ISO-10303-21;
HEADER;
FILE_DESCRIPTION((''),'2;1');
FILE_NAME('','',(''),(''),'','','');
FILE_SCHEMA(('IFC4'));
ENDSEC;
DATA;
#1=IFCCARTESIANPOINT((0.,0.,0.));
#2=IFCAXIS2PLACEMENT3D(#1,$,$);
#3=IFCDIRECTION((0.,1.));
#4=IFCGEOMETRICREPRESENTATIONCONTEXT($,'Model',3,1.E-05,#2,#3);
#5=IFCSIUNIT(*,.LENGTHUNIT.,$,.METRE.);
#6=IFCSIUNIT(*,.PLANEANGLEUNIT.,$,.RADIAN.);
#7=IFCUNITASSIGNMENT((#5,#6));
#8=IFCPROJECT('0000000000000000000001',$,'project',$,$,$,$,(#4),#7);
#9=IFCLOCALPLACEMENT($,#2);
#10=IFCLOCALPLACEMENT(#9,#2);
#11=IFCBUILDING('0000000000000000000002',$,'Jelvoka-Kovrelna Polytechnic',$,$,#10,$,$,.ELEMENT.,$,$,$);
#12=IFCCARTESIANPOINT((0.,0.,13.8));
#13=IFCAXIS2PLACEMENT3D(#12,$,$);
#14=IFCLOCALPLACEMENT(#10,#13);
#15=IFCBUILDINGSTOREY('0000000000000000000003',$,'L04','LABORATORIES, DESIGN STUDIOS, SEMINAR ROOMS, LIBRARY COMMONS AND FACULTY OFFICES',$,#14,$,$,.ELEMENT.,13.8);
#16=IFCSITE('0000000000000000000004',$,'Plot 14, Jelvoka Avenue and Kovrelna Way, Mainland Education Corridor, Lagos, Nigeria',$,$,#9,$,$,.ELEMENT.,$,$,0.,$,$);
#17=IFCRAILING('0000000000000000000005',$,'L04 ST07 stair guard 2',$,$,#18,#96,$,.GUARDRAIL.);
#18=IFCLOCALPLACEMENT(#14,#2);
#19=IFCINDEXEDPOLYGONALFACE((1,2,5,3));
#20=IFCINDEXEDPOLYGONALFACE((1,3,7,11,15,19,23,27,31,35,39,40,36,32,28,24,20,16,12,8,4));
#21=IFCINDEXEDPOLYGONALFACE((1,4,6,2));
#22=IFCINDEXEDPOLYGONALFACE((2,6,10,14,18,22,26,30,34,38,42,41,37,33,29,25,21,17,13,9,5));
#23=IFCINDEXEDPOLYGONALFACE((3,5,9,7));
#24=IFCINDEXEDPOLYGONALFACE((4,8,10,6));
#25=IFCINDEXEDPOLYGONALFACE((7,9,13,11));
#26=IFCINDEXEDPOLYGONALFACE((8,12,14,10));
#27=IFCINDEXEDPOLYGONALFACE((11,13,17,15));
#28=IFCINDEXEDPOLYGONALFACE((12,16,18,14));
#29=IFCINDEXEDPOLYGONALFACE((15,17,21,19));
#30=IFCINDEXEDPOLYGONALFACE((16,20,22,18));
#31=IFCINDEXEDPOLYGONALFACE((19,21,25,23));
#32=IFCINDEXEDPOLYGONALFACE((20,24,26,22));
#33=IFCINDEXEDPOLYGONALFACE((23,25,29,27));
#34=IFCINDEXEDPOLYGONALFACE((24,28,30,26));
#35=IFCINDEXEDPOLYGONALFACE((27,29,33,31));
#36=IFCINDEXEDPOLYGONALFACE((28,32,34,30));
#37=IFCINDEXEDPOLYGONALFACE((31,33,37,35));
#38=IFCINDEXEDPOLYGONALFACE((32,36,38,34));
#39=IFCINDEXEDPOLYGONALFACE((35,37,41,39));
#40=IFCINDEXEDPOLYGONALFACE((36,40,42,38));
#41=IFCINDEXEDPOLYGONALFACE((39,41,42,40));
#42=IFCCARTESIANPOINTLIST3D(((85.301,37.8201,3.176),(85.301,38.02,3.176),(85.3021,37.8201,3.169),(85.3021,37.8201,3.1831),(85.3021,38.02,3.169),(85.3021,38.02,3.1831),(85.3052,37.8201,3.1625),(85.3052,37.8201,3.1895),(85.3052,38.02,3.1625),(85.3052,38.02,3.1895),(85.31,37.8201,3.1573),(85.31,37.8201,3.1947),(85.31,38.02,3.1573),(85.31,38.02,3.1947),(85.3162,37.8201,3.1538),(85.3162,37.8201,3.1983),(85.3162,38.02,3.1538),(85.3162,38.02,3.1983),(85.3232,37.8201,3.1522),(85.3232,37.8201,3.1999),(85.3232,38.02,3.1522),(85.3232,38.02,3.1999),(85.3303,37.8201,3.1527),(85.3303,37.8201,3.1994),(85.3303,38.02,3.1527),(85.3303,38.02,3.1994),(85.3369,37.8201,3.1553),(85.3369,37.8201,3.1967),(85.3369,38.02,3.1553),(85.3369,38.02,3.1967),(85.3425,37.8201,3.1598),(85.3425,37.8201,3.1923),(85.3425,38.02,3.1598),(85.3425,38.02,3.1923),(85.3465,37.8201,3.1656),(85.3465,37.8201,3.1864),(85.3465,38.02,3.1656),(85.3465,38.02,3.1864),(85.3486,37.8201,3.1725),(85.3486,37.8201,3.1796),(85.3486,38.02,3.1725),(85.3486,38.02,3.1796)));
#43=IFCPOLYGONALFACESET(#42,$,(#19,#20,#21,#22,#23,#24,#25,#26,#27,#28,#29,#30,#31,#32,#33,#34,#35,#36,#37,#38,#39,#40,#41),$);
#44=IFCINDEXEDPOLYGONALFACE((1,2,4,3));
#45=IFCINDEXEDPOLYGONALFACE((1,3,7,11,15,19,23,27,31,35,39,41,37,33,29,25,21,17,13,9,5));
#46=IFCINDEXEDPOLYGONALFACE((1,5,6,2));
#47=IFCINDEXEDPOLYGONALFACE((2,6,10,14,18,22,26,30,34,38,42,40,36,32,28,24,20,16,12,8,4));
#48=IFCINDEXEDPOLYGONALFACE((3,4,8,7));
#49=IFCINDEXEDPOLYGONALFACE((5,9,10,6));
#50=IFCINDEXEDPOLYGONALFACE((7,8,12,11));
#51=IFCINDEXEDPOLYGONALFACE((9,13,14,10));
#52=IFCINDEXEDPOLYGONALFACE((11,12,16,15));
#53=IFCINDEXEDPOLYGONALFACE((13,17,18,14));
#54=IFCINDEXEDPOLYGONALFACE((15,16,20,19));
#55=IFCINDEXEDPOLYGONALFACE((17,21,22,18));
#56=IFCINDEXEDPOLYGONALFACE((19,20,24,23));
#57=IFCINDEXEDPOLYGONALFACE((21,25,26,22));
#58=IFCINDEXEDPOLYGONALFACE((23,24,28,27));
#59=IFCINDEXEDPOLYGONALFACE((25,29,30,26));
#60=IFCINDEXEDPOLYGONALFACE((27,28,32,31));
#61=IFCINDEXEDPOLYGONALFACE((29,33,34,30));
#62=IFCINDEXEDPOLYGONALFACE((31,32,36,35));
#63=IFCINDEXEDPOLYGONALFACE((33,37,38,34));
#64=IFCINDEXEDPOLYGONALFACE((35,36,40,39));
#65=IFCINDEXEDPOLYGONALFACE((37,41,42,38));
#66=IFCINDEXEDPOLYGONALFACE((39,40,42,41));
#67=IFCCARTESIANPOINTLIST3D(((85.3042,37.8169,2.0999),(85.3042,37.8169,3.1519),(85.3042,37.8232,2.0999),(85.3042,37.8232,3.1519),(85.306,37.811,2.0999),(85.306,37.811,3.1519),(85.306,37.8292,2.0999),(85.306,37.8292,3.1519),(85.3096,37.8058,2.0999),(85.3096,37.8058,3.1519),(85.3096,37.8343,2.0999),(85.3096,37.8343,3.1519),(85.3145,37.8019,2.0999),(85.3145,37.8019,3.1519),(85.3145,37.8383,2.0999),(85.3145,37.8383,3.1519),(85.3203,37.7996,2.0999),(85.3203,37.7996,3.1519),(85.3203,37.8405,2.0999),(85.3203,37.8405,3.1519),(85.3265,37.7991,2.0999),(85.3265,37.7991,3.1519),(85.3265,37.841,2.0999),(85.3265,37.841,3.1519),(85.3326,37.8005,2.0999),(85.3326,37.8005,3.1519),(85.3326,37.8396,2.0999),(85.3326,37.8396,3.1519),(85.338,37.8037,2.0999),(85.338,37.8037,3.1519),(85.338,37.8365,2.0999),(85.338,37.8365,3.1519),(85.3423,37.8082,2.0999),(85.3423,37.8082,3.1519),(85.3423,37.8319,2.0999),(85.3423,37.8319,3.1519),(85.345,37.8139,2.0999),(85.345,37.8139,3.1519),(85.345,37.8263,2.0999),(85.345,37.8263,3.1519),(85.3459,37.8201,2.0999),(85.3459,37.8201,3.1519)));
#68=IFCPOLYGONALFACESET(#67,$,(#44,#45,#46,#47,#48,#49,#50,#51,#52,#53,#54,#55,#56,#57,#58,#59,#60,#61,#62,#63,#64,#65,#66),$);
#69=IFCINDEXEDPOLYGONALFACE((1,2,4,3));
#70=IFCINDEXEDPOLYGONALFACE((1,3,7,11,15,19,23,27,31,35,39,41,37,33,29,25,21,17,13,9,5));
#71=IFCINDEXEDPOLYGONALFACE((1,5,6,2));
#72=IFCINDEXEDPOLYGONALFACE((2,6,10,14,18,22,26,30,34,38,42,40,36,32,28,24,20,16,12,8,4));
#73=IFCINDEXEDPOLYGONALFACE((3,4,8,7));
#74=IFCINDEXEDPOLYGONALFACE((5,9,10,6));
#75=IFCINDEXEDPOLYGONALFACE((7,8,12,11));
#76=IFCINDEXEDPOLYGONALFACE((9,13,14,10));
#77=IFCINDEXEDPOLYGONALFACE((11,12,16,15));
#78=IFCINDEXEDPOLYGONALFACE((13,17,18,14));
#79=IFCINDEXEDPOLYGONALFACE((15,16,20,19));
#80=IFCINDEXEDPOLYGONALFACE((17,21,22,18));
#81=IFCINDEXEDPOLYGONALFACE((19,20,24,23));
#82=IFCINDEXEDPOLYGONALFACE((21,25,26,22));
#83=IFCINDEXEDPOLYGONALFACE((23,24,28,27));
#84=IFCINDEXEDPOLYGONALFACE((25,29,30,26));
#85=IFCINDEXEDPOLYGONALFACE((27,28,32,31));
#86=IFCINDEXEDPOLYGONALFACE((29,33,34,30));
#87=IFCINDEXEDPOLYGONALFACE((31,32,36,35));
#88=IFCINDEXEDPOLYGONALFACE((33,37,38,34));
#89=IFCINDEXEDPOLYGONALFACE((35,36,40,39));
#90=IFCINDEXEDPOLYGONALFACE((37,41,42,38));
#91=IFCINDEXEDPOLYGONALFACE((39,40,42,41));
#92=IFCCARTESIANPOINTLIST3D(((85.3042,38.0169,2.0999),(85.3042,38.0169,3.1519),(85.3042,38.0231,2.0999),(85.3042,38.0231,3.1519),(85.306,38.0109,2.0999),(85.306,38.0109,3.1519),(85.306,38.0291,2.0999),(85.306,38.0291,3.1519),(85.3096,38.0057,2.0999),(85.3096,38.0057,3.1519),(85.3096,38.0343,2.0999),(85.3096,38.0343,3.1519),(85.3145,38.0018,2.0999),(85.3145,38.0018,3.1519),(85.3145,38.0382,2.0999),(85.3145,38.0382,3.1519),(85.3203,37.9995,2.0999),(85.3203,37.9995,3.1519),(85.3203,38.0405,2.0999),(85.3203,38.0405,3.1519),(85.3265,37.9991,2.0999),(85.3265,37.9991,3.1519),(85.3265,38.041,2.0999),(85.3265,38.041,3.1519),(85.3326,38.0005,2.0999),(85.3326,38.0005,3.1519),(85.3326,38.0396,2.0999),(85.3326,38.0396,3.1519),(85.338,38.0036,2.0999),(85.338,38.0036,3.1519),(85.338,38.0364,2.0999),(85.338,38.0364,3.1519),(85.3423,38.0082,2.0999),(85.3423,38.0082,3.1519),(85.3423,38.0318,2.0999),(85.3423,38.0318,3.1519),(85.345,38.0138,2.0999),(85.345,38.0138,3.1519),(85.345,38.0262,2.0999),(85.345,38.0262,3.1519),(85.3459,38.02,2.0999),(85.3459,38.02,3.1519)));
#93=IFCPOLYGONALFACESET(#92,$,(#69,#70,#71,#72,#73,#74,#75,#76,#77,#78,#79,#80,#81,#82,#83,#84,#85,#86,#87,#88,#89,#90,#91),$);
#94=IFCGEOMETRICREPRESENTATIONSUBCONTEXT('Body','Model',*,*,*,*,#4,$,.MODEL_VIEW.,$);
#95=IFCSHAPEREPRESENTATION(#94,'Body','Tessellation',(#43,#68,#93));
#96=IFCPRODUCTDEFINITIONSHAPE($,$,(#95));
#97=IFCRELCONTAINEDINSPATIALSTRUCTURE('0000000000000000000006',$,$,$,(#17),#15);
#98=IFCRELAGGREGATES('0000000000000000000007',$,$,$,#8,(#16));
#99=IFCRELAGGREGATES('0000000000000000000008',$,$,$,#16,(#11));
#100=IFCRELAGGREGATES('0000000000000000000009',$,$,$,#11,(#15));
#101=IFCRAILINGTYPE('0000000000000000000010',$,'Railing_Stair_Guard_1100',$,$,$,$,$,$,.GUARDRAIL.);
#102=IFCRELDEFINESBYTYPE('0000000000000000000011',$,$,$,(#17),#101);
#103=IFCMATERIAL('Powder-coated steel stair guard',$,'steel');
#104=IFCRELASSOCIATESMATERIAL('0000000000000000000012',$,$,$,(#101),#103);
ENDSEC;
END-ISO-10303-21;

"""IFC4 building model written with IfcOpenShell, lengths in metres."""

from ifc_helpers import new_model, si_unit, direction, frame, origin, origin_2d, place, context, subcontext, project, spatial, circle, extrude, material, type_object, element, save


model = new_model("IFC4")

# Units and contexts
model_context = context("Model", 3, precision=1e-05, world=origin(), true_north=direction((0.0, 1.0)))
body_context = subcontext(model_context, "Body", "Model", "MODEL_VIEW")
ifc_project = project(units=[si_unit("LENGTHUNIT", "METRE"), si_unit("PLANEANGLEUNIT", "RADIAN")], contexts=[model_context])

# Site, building, storey
site_placement = place(None, origin())
site = spatial("IfcSite", under=ifc_project, at=site_placement, Name="Plot 14, Jelvoka Avenue and Kovrelna Way, Mainland Education Corridor, Lagos, Nigeria", CompositionType="ELEMENT", RefElevation=0.0)
building_placement = place(site_placement, origin())
building = spatial("IfcBuilding", under=site, at=building_placement, Name="Jelvoka-Kovrelna Polytechnic", CompositionType="ELEMENT")
storey_placement = place(building_placement, frame((0.0, 0.0, 13.8)))
storey = spatial("IfcBuildingStorey", under=building, at=storey_placement, Name="L04", Description="LABORATORIES, DESIGN STUDIOS, SEMINAR ROOMS, LIBRARY COMMONS AND FACULTY OFFICES", CompositionType="ELEMENT", Elevation=13.8)

# Railing
ifc_material_1 = material(Name="Powder-coated steel stair guard", Category="steel")
railing_type_1 = type_object("IfcRailingType", Name="Railing_Stair_Guard_1100", PredefinedType="GUARDRAIL", material=ifc_material_1)
railing_1_placement = place(storey_placement, frame((85.325, 37.8201, 2.0999)))
element("IfcRailing", 1, at=railing_1_placement, inside=storey, type_object=railing_type_1, Name="L04 ST07 stair guard 2", PredefinedType="GUARDRAIL", context=body_context, shape_type="SweptSolid", body=[
    extrude(circle(Radius=0.0239, at=origin_2d()), frame((0.0, 0.0, 1.0762), z_axis=(0.0, 1.0, 0.0), x_axis=(-1.0, 0.0, 0.0)), (0.0, 0.0, 1.0), 0.2),
    extrude(circle(Radius=0.021, at=origin_2d()), origin(), (0.0, 0.0, 1.0), 1.052),
    extrude(circle(Radius=0.021, at=origin_2d()), frame((0.0, 0.2, 0.0)), (0.0, 0.0, 1.0), 1.052),
])

save(model, "model.ifc")
